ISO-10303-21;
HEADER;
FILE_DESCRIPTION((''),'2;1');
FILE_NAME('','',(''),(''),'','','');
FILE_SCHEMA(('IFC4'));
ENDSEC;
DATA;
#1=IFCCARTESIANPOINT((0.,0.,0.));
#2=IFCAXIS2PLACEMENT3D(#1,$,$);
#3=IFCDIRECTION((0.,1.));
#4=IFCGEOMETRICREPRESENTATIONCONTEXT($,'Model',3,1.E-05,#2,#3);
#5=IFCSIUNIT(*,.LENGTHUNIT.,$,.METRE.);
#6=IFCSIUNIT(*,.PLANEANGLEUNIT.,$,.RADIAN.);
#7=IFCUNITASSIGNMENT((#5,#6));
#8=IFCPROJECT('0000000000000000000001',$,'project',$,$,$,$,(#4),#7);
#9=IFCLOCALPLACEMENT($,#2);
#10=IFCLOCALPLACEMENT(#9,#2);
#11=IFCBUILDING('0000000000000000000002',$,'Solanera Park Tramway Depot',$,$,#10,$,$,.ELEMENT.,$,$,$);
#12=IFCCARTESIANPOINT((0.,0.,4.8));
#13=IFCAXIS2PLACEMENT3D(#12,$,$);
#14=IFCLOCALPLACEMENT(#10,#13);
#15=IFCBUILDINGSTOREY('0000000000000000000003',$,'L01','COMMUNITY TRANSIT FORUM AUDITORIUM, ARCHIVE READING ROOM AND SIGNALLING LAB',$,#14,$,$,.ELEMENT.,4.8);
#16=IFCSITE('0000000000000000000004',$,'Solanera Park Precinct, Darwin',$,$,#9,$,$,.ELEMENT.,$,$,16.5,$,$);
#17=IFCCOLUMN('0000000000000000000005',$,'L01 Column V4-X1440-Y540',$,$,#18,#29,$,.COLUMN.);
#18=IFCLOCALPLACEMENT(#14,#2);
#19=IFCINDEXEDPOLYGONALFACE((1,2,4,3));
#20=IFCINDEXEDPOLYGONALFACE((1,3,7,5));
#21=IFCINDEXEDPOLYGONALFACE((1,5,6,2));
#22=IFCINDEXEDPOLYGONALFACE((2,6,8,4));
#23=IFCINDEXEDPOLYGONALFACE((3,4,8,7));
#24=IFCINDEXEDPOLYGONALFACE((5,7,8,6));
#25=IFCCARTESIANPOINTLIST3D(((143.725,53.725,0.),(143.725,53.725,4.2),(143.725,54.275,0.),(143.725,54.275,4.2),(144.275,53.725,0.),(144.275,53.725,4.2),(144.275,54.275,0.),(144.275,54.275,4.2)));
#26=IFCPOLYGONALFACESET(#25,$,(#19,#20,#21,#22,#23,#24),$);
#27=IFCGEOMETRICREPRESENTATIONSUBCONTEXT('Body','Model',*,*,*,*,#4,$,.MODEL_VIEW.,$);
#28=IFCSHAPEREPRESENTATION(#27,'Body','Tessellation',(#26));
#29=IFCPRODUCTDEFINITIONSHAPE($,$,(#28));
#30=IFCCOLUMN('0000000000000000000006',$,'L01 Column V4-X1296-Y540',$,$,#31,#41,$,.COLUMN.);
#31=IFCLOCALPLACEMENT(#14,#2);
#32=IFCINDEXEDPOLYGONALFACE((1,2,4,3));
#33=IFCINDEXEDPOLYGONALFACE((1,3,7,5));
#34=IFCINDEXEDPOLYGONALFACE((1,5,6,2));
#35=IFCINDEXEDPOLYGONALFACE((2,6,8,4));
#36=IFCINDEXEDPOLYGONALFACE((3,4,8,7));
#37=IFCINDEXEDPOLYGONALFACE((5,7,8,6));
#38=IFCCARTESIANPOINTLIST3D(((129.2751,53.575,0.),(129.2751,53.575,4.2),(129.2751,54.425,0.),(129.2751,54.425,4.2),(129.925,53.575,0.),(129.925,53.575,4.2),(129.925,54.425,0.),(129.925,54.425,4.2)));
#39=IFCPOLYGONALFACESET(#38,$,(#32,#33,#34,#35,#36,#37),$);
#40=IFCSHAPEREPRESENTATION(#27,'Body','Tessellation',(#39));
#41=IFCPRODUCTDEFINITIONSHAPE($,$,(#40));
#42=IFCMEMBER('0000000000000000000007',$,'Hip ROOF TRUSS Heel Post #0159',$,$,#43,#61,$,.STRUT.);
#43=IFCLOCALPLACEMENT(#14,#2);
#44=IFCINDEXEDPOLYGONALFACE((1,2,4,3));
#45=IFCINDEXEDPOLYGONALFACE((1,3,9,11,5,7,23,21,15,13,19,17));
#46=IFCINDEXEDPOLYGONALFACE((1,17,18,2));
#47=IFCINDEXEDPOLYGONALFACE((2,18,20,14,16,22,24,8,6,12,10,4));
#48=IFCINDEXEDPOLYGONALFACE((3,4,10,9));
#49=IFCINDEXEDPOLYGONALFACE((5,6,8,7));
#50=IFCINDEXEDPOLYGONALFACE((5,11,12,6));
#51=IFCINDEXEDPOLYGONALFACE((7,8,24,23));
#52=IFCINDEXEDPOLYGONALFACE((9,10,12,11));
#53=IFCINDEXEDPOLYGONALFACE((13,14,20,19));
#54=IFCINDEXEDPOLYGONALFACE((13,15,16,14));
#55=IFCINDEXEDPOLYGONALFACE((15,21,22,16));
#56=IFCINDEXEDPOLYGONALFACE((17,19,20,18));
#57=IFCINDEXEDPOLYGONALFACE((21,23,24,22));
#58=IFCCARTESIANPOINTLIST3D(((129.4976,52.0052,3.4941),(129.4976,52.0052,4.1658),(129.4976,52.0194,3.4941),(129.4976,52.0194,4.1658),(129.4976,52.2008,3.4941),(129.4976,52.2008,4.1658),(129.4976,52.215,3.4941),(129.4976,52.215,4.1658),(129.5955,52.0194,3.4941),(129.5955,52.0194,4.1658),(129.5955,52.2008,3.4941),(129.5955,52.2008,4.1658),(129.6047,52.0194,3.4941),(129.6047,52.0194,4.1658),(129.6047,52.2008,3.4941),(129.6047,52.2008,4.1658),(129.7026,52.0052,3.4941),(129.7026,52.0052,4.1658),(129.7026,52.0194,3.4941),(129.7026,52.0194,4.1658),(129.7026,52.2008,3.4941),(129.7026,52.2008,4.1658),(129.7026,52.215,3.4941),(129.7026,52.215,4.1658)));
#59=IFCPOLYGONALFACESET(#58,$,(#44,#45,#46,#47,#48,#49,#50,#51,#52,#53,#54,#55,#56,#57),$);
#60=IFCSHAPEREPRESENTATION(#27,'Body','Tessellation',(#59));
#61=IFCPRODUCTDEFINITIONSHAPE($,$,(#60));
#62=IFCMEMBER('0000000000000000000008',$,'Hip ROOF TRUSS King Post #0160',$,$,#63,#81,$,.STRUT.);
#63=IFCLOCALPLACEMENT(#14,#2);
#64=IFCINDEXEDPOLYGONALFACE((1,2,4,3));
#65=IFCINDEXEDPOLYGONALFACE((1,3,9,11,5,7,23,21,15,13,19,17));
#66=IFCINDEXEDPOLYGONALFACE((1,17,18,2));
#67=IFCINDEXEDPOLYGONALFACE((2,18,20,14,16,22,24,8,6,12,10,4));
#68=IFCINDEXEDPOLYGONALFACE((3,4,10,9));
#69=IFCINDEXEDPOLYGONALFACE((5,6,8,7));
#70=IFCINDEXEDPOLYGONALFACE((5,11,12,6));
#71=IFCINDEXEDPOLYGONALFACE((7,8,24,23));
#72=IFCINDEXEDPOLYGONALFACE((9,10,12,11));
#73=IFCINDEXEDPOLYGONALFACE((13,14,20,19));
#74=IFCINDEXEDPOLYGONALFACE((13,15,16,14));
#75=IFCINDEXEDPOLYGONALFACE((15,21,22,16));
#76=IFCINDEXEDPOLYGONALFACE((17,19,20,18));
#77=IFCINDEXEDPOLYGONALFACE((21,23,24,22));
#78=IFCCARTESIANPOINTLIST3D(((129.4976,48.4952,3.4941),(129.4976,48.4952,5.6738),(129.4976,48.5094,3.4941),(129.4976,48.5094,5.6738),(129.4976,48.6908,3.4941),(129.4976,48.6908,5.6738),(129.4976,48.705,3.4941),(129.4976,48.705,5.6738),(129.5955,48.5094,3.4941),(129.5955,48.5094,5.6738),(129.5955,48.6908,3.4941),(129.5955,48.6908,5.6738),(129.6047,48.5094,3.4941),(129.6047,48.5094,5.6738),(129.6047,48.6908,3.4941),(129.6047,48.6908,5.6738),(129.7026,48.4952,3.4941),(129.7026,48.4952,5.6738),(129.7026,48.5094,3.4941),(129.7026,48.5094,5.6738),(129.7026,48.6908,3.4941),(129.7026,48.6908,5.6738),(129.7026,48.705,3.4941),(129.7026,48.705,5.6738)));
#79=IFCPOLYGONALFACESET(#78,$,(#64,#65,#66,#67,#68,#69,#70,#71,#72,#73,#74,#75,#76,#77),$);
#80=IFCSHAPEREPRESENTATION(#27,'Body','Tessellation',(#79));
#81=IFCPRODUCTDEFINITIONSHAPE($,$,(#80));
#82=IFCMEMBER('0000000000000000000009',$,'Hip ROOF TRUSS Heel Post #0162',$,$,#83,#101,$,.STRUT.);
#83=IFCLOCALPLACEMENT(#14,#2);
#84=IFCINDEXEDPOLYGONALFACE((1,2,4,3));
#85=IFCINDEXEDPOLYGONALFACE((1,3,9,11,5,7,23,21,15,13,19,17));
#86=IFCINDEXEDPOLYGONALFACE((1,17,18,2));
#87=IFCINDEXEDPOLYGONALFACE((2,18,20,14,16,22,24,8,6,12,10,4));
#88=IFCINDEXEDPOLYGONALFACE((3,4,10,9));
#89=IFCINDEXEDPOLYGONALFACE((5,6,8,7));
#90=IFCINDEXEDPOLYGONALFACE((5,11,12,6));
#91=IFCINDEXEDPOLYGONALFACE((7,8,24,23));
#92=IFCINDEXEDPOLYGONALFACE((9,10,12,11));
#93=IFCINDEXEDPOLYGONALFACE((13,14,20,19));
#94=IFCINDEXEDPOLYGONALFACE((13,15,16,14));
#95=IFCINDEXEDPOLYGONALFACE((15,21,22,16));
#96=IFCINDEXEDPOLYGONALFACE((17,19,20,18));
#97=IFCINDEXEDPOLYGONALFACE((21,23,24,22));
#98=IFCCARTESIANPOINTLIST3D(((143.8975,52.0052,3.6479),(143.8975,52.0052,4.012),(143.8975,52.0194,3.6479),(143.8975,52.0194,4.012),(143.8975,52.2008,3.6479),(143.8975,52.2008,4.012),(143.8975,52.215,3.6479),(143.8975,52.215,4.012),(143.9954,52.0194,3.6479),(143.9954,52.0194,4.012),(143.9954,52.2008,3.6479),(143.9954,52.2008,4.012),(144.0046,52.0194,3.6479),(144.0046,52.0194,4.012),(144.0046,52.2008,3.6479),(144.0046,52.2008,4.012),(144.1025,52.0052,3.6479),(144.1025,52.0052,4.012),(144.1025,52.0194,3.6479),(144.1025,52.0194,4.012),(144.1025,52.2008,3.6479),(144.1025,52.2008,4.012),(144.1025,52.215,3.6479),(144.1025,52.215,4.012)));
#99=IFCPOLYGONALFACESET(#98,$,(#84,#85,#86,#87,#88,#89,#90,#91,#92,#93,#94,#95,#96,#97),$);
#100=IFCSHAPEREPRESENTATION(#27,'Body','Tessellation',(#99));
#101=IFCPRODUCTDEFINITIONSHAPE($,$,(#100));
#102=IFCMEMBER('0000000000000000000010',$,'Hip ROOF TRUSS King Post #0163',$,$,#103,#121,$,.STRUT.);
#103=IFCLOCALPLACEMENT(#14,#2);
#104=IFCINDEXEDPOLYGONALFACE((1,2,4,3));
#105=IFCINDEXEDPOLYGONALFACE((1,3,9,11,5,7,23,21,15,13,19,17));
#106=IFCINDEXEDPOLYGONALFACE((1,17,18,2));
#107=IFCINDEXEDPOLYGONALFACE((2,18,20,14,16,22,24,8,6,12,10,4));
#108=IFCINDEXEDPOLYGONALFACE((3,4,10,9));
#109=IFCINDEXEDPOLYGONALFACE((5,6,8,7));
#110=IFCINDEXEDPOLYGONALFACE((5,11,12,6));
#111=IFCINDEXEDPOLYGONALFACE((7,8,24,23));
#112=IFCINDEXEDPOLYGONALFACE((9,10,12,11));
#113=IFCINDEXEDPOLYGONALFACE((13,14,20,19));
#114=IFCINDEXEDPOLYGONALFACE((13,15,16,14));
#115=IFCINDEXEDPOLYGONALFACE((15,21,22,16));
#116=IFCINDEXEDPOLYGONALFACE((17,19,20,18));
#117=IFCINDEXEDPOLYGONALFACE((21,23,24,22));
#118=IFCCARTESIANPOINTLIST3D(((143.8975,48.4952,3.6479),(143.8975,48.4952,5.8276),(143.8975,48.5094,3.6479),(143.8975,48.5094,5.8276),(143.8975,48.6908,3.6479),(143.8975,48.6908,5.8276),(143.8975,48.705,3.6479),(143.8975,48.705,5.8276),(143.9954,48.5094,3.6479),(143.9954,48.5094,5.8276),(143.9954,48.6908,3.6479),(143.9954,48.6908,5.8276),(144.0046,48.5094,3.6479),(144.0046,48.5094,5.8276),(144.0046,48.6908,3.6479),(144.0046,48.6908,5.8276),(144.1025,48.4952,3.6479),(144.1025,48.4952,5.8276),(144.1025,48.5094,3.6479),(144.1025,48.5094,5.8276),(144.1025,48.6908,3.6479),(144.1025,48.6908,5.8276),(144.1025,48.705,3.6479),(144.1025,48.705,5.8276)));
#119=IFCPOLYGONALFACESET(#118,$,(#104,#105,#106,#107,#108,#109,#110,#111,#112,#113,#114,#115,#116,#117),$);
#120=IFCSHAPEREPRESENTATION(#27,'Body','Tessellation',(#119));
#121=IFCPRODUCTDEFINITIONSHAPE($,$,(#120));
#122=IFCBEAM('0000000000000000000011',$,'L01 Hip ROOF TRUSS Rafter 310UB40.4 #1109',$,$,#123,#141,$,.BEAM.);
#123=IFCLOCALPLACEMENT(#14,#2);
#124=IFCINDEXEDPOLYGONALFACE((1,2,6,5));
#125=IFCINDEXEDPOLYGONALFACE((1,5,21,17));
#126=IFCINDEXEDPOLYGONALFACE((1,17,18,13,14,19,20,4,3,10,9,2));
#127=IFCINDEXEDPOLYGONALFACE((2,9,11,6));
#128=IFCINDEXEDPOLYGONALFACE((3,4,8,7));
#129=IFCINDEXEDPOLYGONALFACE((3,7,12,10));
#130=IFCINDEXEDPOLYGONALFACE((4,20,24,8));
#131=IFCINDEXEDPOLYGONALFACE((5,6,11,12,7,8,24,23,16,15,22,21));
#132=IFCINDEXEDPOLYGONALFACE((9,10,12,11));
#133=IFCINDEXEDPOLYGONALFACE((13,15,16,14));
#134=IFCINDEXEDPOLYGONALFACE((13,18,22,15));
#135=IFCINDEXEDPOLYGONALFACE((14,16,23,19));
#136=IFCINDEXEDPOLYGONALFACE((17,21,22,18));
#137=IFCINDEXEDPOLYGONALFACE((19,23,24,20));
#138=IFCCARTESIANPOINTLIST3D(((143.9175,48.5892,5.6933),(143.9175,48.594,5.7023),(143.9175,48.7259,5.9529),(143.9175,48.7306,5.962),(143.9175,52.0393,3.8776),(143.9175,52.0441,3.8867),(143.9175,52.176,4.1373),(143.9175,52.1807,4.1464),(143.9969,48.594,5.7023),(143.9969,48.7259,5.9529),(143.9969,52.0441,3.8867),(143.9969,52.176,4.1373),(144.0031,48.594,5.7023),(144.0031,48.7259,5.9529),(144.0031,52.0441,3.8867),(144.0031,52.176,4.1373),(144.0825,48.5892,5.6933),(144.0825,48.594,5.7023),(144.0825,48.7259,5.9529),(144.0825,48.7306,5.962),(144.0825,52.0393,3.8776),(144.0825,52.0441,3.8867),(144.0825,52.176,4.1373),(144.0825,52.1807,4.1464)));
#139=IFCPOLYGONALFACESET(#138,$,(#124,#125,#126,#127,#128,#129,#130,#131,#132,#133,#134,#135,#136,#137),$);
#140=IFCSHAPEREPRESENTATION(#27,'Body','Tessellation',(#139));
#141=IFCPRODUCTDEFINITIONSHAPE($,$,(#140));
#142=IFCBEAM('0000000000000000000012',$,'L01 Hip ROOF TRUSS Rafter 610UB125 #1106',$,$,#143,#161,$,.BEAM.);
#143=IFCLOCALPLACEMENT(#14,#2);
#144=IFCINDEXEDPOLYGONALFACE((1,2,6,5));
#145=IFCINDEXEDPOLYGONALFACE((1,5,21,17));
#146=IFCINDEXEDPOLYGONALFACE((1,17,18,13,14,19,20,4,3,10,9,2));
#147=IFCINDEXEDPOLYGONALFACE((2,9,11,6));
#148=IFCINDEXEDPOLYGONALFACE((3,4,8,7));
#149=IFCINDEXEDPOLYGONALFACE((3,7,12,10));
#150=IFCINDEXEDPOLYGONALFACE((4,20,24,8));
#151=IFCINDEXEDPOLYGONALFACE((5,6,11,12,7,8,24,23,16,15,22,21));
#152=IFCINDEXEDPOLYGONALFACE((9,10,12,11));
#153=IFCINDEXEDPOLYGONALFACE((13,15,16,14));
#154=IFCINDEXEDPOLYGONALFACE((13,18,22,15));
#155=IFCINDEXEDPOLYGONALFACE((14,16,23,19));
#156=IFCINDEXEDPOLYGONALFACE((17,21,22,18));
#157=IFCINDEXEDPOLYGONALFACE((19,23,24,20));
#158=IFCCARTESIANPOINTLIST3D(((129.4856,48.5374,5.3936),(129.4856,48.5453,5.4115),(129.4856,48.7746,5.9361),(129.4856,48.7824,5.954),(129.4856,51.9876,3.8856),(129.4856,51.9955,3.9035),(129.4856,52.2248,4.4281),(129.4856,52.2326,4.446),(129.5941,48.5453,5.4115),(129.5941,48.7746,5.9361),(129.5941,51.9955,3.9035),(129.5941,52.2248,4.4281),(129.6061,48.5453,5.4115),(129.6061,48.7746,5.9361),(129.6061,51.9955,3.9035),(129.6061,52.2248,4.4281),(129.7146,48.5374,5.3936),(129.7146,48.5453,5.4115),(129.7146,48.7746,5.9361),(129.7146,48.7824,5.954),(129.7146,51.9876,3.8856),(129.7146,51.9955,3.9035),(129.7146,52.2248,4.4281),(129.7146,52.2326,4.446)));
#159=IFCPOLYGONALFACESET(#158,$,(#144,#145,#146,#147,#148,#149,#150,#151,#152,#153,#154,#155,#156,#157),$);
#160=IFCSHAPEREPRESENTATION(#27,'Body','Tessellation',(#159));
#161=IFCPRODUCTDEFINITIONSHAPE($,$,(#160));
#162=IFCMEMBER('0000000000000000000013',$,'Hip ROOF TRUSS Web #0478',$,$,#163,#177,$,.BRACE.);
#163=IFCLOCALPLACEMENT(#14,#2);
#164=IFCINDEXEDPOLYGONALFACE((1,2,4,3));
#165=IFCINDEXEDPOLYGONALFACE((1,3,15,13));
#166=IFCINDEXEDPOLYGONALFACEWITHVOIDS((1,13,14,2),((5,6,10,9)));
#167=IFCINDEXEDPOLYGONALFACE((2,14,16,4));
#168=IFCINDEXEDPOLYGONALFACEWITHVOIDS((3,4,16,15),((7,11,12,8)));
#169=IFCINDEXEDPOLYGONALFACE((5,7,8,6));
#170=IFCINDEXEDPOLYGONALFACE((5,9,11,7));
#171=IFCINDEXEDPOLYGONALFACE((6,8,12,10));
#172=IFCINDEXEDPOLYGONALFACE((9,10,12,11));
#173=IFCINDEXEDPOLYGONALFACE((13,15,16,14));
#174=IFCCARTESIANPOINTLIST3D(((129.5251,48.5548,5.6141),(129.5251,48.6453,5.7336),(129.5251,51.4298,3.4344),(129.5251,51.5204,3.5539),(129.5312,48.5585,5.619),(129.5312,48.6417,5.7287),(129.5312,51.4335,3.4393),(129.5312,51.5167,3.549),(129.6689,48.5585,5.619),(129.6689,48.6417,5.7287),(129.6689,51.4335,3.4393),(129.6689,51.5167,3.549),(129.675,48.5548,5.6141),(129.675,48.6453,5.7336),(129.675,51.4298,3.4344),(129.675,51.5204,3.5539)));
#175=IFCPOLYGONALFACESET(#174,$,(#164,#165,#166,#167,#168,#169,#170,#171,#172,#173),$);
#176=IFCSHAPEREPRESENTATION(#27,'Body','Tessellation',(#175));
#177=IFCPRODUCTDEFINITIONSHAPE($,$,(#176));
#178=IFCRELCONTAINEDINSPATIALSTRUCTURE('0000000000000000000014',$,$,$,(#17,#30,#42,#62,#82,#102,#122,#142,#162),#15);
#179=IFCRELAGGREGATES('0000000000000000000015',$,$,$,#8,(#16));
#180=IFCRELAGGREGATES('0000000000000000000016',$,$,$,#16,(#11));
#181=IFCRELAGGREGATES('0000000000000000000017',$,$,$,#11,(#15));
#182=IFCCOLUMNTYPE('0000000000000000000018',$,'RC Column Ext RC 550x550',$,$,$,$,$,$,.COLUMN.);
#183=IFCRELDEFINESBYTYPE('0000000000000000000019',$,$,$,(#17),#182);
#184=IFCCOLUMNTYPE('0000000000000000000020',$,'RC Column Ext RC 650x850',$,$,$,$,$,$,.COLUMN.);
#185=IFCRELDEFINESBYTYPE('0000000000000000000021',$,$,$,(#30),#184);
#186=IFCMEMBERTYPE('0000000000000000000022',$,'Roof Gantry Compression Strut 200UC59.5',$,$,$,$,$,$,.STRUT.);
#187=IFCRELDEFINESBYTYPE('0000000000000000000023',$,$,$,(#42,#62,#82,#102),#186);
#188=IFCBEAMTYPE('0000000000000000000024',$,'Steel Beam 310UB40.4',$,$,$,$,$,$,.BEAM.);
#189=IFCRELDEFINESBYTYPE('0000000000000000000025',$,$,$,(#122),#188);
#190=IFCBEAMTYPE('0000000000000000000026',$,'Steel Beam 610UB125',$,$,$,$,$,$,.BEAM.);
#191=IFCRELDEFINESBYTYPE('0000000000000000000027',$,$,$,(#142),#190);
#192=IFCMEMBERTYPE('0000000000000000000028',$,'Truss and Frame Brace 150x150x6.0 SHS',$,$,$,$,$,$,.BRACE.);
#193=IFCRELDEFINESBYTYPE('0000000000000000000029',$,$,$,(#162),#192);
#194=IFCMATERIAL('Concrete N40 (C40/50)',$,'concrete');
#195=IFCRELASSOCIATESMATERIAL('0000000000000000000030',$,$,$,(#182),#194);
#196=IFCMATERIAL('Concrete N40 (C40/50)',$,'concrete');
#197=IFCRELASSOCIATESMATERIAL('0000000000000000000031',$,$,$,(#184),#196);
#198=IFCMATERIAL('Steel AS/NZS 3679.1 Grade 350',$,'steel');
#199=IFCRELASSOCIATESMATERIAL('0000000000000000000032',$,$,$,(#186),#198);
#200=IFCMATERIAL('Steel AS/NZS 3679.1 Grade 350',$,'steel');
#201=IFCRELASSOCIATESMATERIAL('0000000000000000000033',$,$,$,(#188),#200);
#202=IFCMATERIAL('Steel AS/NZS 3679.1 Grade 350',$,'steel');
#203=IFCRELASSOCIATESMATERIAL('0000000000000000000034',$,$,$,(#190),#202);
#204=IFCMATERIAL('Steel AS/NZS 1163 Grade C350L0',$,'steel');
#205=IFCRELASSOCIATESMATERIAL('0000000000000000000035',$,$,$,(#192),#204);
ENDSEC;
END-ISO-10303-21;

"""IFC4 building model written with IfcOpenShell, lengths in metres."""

from ifc_helpers import new_model, si_unit, direction, frame, origin, origin_2d, place, context, subcontext, project, spatial, rectangle, hollow_rectangle, i_section, extrude, material, material_profile, profile_set, type_object, element, save


model = new_model("IFC4")

# Units and contexts
model_context = context("Model", 3, precision=1e-05, world=origin(), true_north=direction((0.0, 1.0)))
body_context = subcontext(model_context, "Body", "Model", "MODEL_VIEW")
ifc_project = project(units=[si_unit("LENGTHUNIT", "METRE"), si_unit("PLANEANGLEUNIT", "RADIAN")], contexts=[model_context])

# Site, building, storey
site_placement = place(None, origin())
site = spatial("IfcSite", under=ifc_project, at=site_placement, Name="Solanera Park Precinct, Darwin", CompositionType="ELEMENT", RefElevation=16.5)
building_placement = place(site_placement, origin())
building = spatial("IfcBuilding", under=site, at=building_placement, Name="Solanera Park Tramway Depot", CompositionType="ELEMENT")
storey_placement = place(building_placement, frame((0.0, 0.0, 4.8)))
storey = spatial("IfcBuildingStorey", under=building, at=storey_placement, Name="L01", Description="COMMUNITY TRANSIT FORUM AUDITORIUM, ARCHIVE READING ROOM AND SIGNALLING LAB", CompositionType="ELEMENT", Elevation=4.8)

# Columns
ifc_material_1 = material(Name="Concrete N40 (C40/50)", Category="concrete")
ifc_material_profile_1 = material_profile(ifc_material_1, rectangle(XDim=0.55, YDim=0.55, at=origin_2d()), Name="RC 550x550")
ifc_profile_set_1 = profile_set([ifc_material_profile_1], Name="Concrete N40 (C40/50)")
column_type_1 = type_object("IfcColumnType", Name="RC Column Ext RC 550x550", PredefinedType="COLUMN", material=ifc_profile_set_1)
column_1_placement = place(storey_placement, frame((144.0, 54.0, 0.0), z_axis=(0.0, 0.0, 1.0), x_axis=(1.0, 0.0, 0.0)))
element("IfcColumn", 1, at=column_1_placement, inside=storey, type_object=column_type_1, Name="L01 Column V4-X1440-Y540", PredefinedType="COLUMN", context=body_context, shape_type="SweptSolid", body=[
    extrude(rectangle(XDim=0.55, YDim=0.55, at=origin_2d()), origin(), (0.0, 0.0, 1.0), 4.2),
])
ifc_material_2 = material(Name="Concrete N40 (C40/50)", Category="concrete")
ifc_material_profile_2 = material_profile(ifc_material_2, rectangle(XDim=0.6499, YDim=0.8501, at=origin_2d()), Name="RC 650x850")
ifc_profile_set_2 = profile_set([ifc_material_profile_2], Name="Concrete N40 (C40/50)")
column_type_2 = type_object("IfcColumnType", Name="RC Column Ext RC 650x850", PredefinedType="COLUMN", material=ifc_profile_set_2)
column_2_placement = place(storey_placement, frame((129.6001, 54.0, 0.0), z_axis=(0.0, 0.0, 1.0), x_axis=(1.0, 0.0, 0.0)))
element("IfcColumn", 2, at=column_2_placement, inside=storey, type_object=column_type_2, Name="L01 Column V4-X1296-Y540", PredefinedType="COLUMN", context=body_context, shape_type="SweptSolid", body=[
    extrude(rectangle(XDim=0.6499, YDim=0.8501, at=origin_2d()), origin(), (0.0, 0.0, 1.0), 4.2),
])

# Members
ifc_material_3 = material(Name="Steel AS/NZS 3679.1 Grade 350", Category="steel")
ifc_material_profile_3 = material_profile(ifc_material_3, i_section(OverallWidth=0.2051, OverallDepth=0.2097, WebThickness=0.0093, FlangeThickness=0.0142, at=origin_2d()), Name="200UC59.5")
ifc_profile_set_3 = profile_set([ifc_material_profile_3], Name="Steel AS/NZS 3679.1 Grade 350")
member_type_1 = type_object("IfcMemberType", Name="Roof Gantry Compression Strut 200UC59.5", PredefinedType="STRUT", material=ifc_profile_set_3)
member_1_placement = place(storey_placement, frame((129.6001, 52.1101, 3.4941), z_axis=(0.0, 0.0, 1.0), x_axis=(1.0, 0.0, 0.0)))
element("IfcMember", 3, at=member_1_placement, inside=storey, type_object=member_type_1, Name="Hip ROOF TRUSS Heel Post #0159", PredefinedType="STRUT", context=body_context, shape_type="SweptSolid", body=[
    extrude(i_section(OverallWidth=0.2051, OverallDepth=0.2097, WebThickness=0.0093, FlangeThickness=0.0142, at=origin_2d()), origin(), (0.0, 0.0, 1.0), 0.6716),
])
member_2_placement = place(storey_placement, frame((129.6001, 48.6001, 3.4941), z_axis=(0.0, 0.0, 1.0), x_axis=(1.0, 0.0, 0.0)))
element("IfcMember", 4, at=member_2_placement, inside=storey, type_object=member_type_1, Name="Hip ROOF TRUSS King Post #0160", PredefinedType="STRUT", context=body_context, shape_type="SweptSolid", body=[
    extrude(i_section(OverallWidth=0.2051, OverallDepth=0.2097, WebThickness=0.0093, FlangeThickness=0.0142, at=origin_2d()), origin(), (0.0, 0.0, 1.0), 2.1797),
])
member_3_placement = place(storey_placement, frame((144.0, 52.1101, 3.6479), z_axis=(0.0, 0.0, 1.0), x_axis=(1.0, 0.0, 0.0)))
element("IfcMember", 5, at=member_3_placement, inside=storey, type_object=member_type_1, Name="Hip ROOF TRUSS Heel Post #0162", PredefinedType="STRUT", context=body_context, shape_type="SweptSolid", body=[
    extrude(i_section(OverallWidth=0.2051, OverallDepth=0.2097, WebThickness=0.0093, FlangeThickness=0.0142, at=origin_2d()), origin(), (0.0, 0.0, 1.0), 0.364),
])
member_4_placement = place(storey_placement, frame((144.0, 48.6001, 3.6479), z_axis=(0.0, 0.0, 1.0), x_axis=(1.0, 0.0, 0.0)))
element("IfcMember", 6, at=member_4_placement, inside=storey, type_object=member_type_1, Name="Hip ROOF TRUSS King Post #0163", PredefinedType="STRUT", context=body_context, shape_type="SweptSolid", body=[
    extrude(i_section(OverallWidth=0.2051, OverallDepth=0.2097, WebThickness=0.0093, FlangeThickness=0.0142, at=origin_2d()), origin(), (0.0, 0.0, 1.0), 2.1797),
])

# Beams
ifc_material_4 = material(Name="Steel AS/NZS 3679.1 Grade 350", Category="steel")
ifc_material_profile_4 = material_profile(ifc_material_4, i_section(OverallWidth=0.165, OverallDepth=0.3037, WebThickness=0.0061, FlangeThickness=0.0103, at=origin_2d()), Name="310UB40.4")
ifc_profile_set_4 = profile_set([ifc_material_profile_4], Name="Steel AS/NZS 3679.1 Grade 350")
beam_type_1 = type_object("IfcBeamType", Name="Steel Beam 310UB40.4", PredefinedType="BEAM", material=ifc_profile_set_4)
beam_1_placement = place(storey_placement, frame((144.0, 48.6599, 5.8276), z_axis=(0.0, 0.884941, -0.465703), x_axis=(-1.0, 0.0, 0.0)))
element("IfcBeam", 7, at=beam_1_placement, inside=storey, type_object=beam_type_1, Name="L01 Hip ROOF TRUSS Rafter 310UB40.4 #1109", PredefinedType="BEAM", context=body_context, shape_type="SweptSolid", body=[
    extrude(i_section(OverallWidth=0.165, OverallDepth=0.3037, WebThickness=0.0061, FlangeThickness=0.0103, at=origin_2d()), origin(), (0.0, 0.0, 1.0), 3.8987),
])
ifc_material_5 = material(Name="Steel AS/NZS 3679.1 Grade 350", Category="steel")
ifc_material_profile_5 = material_profile(ifc_material_5, i_section(OverallWidth=0.229, OverallDepth=0.6116, WebThickness=0.012, FlangeThickness=0.0195, at=origin_2d()), Name="610UB125")
ifc_profile_set_5 = profile_set([ifc_material_profile_5], Name="Steel AS/NZS 3679.1 Grade 350")
beam_type_2 = type_object("IfcBeamType", Name="Steel Beam 610UB125", PredefinedType="BEAM", material=ifc_profile_set_5)
beam_2_placement = place(storey_placement, frame((129.6001, 48.6599, 5.6738), z_axis=(0.0, 0.916294, -0.400506), x_axis=(-1.0, 0.0, 0.0)))
element("IfcBeam", 8, at=beam_2_placement, inside=storey, type_object=beam_type_2, Name="L01 Hip ROOF TRUSS Rafter 610UB125 #1106", PredefinedType="BEAM", context=body_context, shape_type="SweptSolid", body=[
    extrude(i_section(OverallWidth=0.229, OverallDepth=0.6116, WebThickness=0.012, FlangeThickness=0.0195, at=origin_2d()), origin(), (0.0, 0.0, 1.0), 3.7654),
])

# Member
ifc_material_6 = material(Name="Steel AS/NZS 1163 Grade C350L0", Category="steel")
ifc_material_profile_6 = material_profile(ifc_material_6, hollow_rectangle(XDim=0.1499, YDim=0.1499, WallThickness=0.0061, at=origin_2d()), Name="150x150x6.0 SHS")
ifc_profile_set_6 = profile_set([ifc_material_profile_6], Name="Steel AS/NZS 1163 Grade C350L0")
member_type_2 = type_object("IfcMemberType", Name="Truss and Frame Brace 150x150x6.0 SHS", PredefinedType="BRACE", material=ifc_profile_set_6)
member_5_placement = place(storey_placement, frame((129.6001, 51.4751, 3.4941), z_axis=(0.0, -0.796871, 0.604149), x_axis=(1.0, 0.0, 0.0)))
element("IfcMember", 9, at=member_5_placement, inside=storey, type_object=member_type_2, Name="Hip ROOF TRUSS Web #0478", PredefinedType="BRACE", context=body_context, shape_type="SweptSolid", body=[
    extrude(hollow_rectangle(XDim=0.1499, YDim=0.1499, WallThickness=0.0061, at=origin_2d()), origin(), (0.0, 0.0, 1.0), 3.6079),
])

save(model, "model.ifc")
